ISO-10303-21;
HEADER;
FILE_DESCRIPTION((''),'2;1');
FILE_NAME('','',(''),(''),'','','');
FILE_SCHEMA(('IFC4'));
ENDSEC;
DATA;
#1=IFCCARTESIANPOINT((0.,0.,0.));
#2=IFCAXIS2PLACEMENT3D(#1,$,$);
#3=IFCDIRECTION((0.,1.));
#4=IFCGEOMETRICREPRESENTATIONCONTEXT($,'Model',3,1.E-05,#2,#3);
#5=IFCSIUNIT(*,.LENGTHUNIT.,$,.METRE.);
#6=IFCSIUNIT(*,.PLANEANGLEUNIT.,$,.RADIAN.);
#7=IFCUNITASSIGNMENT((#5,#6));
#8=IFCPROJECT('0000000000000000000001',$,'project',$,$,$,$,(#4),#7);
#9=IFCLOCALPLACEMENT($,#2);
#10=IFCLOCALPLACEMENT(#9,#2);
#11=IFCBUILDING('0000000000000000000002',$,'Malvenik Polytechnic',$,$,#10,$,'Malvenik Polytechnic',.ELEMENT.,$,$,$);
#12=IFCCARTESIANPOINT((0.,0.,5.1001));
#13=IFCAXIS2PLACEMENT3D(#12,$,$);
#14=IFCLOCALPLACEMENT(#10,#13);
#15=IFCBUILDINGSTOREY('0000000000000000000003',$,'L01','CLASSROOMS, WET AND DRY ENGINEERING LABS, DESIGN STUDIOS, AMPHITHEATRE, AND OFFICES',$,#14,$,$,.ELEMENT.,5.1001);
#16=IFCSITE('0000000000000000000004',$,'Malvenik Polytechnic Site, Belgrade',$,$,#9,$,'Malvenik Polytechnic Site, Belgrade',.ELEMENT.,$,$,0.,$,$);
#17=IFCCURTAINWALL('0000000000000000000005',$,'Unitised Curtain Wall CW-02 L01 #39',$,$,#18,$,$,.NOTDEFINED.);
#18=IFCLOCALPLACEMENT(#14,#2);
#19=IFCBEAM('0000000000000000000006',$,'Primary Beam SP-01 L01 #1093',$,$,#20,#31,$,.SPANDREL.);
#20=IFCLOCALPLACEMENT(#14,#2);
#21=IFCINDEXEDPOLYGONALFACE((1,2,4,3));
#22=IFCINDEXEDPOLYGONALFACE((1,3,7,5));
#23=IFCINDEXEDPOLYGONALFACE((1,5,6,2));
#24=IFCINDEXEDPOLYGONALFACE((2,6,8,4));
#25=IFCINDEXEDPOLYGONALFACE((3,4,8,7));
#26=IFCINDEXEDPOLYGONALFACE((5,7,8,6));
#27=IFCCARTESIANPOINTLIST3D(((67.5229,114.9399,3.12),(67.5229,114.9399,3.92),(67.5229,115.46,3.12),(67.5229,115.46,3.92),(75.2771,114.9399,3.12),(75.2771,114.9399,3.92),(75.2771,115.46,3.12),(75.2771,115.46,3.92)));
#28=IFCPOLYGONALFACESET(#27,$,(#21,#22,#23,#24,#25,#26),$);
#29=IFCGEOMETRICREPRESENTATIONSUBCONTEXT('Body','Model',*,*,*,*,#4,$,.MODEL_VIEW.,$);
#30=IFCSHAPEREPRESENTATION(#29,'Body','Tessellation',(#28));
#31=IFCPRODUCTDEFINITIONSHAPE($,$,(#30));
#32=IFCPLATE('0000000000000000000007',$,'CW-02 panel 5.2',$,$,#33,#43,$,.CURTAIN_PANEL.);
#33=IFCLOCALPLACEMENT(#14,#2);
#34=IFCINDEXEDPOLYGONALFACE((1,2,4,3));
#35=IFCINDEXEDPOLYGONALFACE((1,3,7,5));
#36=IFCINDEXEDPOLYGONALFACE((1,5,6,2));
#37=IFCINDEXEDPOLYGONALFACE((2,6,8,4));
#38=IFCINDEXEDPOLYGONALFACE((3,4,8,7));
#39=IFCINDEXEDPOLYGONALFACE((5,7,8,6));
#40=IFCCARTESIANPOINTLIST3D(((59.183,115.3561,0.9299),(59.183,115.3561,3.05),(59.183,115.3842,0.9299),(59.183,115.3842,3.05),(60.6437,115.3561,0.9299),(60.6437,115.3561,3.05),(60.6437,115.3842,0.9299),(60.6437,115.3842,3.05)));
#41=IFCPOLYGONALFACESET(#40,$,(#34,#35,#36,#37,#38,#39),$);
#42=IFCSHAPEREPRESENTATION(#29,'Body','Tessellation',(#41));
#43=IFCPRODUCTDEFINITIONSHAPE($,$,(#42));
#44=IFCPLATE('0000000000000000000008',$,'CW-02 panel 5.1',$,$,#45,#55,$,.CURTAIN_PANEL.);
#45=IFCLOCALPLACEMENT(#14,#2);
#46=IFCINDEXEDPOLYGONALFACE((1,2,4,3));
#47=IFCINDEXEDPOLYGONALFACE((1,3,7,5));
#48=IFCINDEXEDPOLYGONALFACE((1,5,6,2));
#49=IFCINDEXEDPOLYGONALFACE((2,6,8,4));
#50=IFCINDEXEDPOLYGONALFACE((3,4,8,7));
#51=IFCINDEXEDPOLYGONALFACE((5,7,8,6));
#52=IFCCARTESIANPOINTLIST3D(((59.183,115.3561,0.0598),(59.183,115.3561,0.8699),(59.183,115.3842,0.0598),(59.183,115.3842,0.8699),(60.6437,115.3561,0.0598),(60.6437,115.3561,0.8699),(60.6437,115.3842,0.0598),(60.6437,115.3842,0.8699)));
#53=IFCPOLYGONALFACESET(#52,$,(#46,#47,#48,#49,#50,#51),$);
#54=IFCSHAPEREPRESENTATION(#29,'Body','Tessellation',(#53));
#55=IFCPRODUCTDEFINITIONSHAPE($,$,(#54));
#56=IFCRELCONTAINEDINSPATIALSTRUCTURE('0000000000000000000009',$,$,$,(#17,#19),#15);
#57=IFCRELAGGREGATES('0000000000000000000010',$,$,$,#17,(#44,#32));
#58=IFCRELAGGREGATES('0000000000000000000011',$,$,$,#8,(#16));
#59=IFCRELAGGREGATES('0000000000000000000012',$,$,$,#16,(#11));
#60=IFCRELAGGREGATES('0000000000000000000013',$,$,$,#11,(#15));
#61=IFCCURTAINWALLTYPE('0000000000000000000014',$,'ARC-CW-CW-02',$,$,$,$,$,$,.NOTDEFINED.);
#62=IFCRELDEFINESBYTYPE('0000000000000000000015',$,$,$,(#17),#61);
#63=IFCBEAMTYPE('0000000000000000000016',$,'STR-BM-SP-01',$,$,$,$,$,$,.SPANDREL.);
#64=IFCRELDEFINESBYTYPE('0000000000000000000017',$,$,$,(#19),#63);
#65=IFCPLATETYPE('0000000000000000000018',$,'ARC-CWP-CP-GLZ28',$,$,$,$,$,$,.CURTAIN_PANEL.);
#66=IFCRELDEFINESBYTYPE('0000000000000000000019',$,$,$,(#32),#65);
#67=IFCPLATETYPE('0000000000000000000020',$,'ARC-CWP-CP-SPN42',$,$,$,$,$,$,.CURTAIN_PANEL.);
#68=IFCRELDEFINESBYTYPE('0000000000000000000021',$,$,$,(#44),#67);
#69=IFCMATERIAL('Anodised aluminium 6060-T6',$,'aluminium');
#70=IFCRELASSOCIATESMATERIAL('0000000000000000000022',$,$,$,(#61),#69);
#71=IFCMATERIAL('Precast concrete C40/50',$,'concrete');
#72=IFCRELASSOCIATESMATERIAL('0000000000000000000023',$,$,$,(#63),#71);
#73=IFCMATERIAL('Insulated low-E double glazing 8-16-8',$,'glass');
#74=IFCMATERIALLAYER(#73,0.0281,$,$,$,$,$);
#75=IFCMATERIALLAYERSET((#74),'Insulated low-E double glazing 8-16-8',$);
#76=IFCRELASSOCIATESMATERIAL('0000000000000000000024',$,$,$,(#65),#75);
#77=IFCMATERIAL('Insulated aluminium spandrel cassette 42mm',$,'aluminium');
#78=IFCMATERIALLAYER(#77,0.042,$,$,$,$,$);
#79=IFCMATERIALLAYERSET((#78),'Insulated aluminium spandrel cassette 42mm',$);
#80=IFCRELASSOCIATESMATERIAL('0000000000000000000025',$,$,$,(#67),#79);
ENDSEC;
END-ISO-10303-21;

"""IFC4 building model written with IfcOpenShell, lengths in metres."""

from ifc_helpers import new_model, si_unit, direction, frame, origin, origin_2d, place, context, subcontext, project, spatial, rectangle, extrude, material, layer, layer_set, material_profile, profile_set, type_object, element, aggregate, save


model = new_model("IFC4")

# Units and contexts
model_context = context("Model", 3, precision=1e-05, world=origin(), true_north=direction((0.0, 1.0)))
body_context = subcontext(model_context, "Body", "Model", "MODEL_VIEW")
ifc_project = project(units=[si_unit("LENGTHUNIT", "METRE"), si_unit("PLANEANGLEUNIT", "RADIAN")], contexts=[model_context])

# Site, building, storey
site_placement = place(None, origin())
site = spatial("IfcSite", under=ifc_project, at=site_placement, Name="Malvenik Polytechnic Site, Belgrade", LongName="Malvenik Polytechnic Site, Belgrade", CompositionType="ELEMENT", RefElevation=0.0)
building_placement = place(site_placement, origin())
building = spatial("IfcBuilding", under=site, at=building_placement, Name="Malvenik Polytechnic", LongName="Malvenik Polytechnic", CompositionType="ELEMENT")
storey_placement = place(building_placement, frame((0.0, 0.0, 5.1001)))
storey = spatial("IfcBuildingStorey", under=building, at=storey_placement, Name="L01", Description="CLASSROOMS, WET AND DRY ENGINEERING LABS, DESIGN STUDIOS, AMPHITHEATRE, AND OFFICES", CompositionType="ELEMENT", Elevation=5.1001)

# Shared definitions
ifc_material_1 = material(Name="Anodised aluminium 6060-T6", Category="aluminium")
curtain_wall_type = type_object("IfcCurtainWallType", Name="ARC-CW-CW-02", PredefinedType="NOTDEFINED", material=ifc_material_1)

# Curtain wall
curtain_wall_1_placement = place(storey_placement, origin())
curtain_wall_1 = element("IfcCurtainWall", 1, at=curtain_wall_1_placement, inside=storey, type_object=curtain_wall_type, Name="Unitised Curtain Wall CW-02 L01 #39", PredefinedType="NOTDEFINED")

# Beam
ifc_material_2 = material(Name="Precast concrete C40/50", Category="concrete")
ifc_material_profile_1 = material_profile(ifc_material_2, rectangle(XDim=0.52, YDim=0.8, at=origin_2d()), Name="PC SPN 520x800")
ifc_profile_set_1 = profile_set([ifc_material_profile_1], Name="Precast concrete C40/50")
beam_type = type_object("IfcBeamType", Name="STR-BM-SP-01", PredefinedType="SPANDREL", material=ifc_profile_set_1)
beam_1_placement = place(storey_placement, frame((67.5229, 115.2, 3.52), z_axis=(1.0, 0.0, 0.0), x_axis=(0.0, 1.0, 0.0)))
element("IfcBeam", 2, at=beam_1_placement, inside=storey, type_object=beam_type, Name="Primary Beam SP-01 L01 #1093", PredefinedType="SPANDREL", context=body_context, shape_type="SweptSolid", body=[
    extrude(rectangle(XDim=0.52, YDim=0.8, at=origin_2d()), origin(), (0.0, 0.0, 1.0), 7.7542),
])

# Plates
ifc_material_3 = material(Name="Insulated low-E double glazing 8-16-8", Category="glass")
ifc_layer_1 = layer(ifc_material_3, 0.0281)
ifc_layer_set_1 = layer_set([ifc_layer_1], Name="Insulated low-E double glazing 8-16-8")
plate_type_1 = type_object("IfcPlateType", Name="ARC-CWP-CP-GLZ28", PredefinedType="CURTAIN_PANEL", material=ifc_layer_set_1)
plate_1_placement = place(storey_placement, frame((59.9133, 115.3701, 0.9299), z_axis=(0.0, 0.0, 1.0), x_axis=(-1.0, 0.0, 0.0)))
plate_1 = element("IfcPlate", 3, at=plate_1_placement, type_object=plate_type_1, Name="CW-02 panel 5.2", PredefinedType="CURTAIN_PANEL", context=body_context, shape_type="SweptSolid", body=[
    extrude(rectangle(XDim=1.4607, YDim=0.0281, at=origin_2d()), origin(), (0.0, 0.0, 1.0), 2.1201),
])
ifc_material_4 = material(Name="Insulated aluminium spandrel cassette 42mm", Category="aluminium")
ifc_layer_2 = layer(ifc_material_4, 0.042)
ifc_layer_set_2 = layer_set([ifc_layer_2], Name="Insulated aluminium spandrel cassette 42mm")
plate_type_2 = type_object("IfcPlateType", Name="ARC-CWP-CP-SPN42", PredefinedType="CURTAIN_PANEL", material=ifc_layer_set_2)
plate_2_placement = place(storey_placement, frame((59.9133, 115.3701, 0.0598), z_axis=(0.0, 0.0, 1.0), x_axis=(-1.0, 0.0, 0.0)))
plate_2 = element("IfcPlate", 4, at=plate_2_placement, type_object=plate_type_2, Name="CW-02 panel 5.1", PredefinedType="CURTAIN_PANEL", context=body_context, shape_type="SweptSolid", body=[
    extrude(rectangle(XDim=1.4607, YDim=0.0281, at=origin_2d()), origin(), (0.0, 0.0, 1.0), 0.8101),
])
aggregate(curtain_wall_1, [plate_2, plate_1])

save(model, "model.ifc")
